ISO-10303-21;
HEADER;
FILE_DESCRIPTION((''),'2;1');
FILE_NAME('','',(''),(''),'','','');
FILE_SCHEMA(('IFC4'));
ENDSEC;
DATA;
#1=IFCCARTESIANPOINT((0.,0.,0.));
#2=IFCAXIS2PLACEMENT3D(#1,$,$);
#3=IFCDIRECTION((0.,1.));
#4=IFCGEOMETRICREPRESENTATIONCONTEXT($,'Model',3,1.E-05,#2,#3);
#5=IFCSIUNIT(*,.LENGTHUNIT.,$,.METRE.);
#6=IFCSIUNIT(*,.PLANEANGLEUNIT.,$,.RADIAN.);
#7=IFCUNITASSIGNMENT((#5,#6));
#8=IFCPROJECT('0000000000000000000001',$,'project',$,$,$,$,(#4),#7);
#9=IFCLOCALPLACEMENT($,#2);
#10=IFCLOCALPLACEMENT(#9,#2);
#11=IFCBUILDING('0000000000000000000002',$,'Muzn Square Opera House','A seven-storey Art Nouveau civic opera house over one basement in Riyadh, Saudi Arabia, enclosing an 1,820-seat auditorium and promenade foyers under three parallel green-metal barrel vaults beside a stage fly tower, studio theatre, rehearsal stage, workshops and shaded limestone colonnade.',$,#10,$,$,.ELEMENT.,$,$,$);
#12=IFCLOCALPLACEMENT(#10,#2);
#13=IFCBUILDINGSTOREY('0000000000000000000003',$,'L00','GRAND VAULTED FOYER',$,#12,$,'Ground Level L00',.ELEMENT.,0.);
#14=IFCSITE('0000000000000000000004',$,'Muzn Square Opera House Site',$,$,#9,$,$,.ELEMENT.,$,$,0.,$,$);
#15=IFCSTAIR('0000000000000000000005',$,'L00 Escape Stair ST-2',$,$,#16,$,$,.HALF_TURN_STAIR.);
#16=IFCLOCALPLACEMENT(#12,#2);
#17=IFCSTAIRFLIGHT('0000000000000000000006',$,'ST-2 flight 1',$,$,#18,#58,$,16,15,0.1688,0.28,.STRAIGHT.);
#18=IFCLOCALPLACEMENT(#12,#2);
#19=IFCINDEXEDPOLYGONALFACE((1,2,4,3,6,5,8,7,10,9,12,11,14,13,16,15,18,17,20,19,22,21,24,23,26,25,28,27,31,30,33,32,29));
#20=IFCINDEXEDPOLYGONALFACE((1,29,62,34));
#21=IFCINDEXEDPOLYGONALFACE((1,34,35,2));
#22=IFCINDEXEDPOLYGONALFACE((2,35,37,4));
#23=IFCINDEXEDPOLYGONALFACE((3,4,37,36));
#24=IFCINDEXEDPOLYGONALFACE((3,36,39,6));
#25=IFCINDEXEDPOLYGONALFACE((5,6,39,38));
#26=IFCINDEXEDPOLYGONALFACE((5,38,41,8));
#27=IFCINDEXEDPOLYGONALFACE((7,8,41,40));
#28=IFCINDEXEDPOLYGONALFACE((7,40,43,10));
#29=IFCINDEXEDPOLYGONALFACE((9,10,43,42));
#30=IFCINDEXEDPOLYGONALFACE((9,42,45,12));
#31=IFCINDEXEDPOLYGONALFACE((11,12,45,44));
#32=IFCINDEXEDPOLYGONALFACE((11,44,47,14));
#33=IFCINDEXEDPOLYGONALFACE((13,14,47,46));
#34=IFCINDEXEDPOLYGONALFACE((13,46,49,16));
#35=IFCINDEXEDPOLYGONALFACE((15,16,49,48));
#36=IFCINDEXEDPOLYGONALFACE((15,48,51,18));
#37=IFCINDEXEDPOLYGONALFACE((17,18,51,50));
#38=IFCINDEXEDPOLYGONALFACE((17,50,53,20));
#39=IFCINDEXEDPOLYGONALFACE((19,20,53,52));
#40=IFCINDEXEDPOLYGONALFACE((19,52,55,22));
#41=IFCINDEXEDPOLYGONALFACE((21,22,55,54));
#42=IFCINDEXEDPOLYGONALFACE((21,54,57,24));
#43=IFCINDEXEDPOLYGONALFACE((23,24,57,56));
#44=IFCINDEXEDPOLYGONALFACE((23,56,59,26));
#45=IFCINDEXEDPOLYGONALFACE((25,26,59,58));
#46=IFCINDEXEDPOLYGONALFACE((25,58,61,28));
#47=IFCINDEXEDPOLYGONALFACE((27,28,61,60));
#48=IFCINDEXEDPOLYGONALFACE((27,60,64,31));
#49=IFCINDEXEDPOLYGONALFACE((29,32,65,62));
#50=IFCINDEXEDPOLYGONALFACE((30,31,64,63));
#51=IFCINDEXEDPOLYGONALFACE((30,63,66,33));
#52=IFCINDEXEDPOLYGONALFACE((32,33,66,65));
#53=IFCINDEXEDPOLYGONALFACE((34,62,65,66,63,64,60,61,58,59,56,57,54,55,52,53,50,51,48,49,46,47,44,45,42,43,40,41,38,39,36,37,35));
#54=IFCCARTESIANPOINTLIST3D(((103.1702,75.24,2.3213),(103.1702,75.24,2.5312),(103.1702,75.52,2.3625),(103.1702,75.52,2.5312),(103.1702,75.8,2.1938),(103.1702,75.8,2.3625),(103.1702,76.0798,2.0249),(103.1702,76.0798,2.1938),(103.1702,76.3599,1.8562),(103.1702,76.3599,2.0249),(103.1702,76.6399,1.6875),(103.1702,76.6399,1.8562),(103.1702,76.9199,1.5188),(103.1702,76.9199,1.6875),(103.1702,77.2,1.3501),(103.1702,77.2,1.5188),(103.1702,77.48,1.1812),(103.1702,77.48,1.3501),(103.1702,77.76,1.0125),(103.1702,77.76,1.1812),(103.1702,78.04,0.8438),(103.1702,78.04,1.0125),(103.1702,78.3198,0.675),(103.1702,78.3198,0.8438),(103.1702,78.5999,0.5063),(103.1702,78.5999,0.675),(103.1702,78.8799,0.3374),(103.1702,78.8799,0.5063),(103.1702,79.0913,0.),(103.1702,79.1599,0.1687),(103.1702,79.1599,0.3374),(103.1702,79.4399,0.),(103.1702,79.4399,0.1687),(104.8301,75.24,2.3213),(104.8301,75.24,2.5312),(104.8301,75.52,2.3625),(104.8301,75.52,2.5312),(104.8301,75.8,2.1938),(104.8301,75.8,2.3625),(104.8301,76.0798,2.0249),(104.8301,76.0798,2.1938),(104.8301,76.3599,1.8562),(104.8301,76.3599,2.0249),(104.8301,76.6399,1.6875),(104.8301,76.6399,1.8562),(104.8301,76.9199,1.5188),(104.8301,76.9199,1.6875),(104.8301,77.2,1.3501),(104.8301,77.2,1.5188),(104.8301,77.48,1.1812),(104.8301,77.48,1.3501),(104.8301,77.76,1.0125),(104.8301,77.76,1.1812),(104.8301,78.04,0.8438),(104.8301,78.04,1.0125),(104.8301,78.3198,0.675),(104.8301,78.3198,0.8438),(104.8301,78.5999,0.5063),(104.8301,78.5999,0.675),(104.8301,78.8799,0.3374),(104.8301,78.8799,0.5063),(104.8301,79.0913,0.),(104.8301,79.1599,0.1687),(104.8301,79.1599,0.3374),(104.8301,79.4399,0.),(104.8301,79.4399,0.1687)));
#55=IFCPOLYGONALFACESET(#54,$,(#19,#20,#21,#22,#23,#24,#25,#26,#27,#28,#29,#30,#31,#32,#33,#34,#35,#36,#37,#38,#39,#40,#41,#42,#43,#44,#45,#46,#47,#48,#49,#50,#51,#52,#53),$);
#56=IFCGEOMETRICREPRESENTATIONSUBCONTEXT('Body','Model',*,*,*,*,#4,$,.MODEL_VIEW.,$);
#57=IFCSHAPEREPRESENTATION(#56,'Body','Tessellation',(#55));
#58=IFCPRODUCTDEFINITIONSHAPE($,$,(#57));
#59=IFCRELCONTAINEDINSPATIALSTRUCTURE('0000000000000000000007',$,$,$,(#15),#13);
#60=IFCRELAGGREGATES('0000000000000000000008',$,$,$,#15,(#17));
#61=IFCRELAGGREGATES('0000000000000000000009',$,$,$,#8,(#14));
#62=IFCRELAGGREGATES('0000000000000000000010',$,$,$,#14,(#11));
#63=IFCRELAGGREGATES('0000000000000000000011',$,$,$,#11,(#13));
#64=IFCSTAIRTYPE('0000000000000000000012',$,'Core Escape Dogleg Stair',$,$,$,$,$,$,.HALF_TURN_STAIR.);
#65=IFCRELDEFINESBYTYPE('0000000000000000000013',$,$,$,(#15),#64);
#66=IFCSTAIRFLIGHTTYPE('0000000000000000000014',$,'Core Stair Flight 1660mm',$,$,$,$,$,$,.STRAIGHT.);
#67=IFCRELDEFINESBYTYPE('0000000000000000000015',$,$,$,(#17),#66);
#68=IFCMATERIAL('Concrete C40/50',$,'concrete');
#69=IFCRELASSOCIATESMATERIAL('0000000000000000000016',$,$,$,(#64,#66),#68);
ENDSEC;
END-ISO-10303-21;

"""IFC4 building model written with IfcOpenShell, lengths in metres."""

from ifc_helpers import new_model, si_unit, direction, frame, origin, place, context, subcontext, project, spatial, polyline, outline, extrude, material, type_object, element, aggregate, save


model = new_model("IFC4")

# Units and contexts
model_context = context("Model", 3, precision=1e-05, world=origin(), true_north=direction((0.0, 1.0)))
body_context = subcontext(model_context, "Body", "Model", "MODEL_VIEW")
ifc_project = project(units=[si_unit("LENGTHUNIT", "METRE"), si_unit("PLANEANGLEUNIT", "RADIAN")], contexts=[model_context])

# Site, building, storey
site_placement = place(None, origin())
site = spatial("IfcSite", under=ifc_project, at=site_placement, Name="Muzn Square Opera House Site", CompositionType="ELEMENT", RefElevation=0.0)
building_placement = place(site_placement, origin())
building = spatial("IfcBuilding", under=site, at=building_placement, Name="Muzn Square Opera House", Description="A seven-storey Art Nouveau civic opera house over one basement in Riyadh, Saudi Arabia, enclosing an 1,820-seat auditorium and promenade foyers under three parallel green-metal barrel vaults beside a stage fly tower, studio theatre, rehearsal stage, workshops and shaded limestone colonnade.", CompositionType="ELEMENT")
storey_placement = place(building_placement, origin())
storey = spatial("IfcBuildingStorey", under=building, at=storey_placement, Name="L00", Description="GRAND VAULTED FOYER", LongName="Ground Level L00", CompositionType="ELEMENT", Elevation=0.0)

# Shared definitions
ifc_material_1 = material(Name="Concrete C40/50", Category="concrete")

# Stair, stair flight
stair_type = type_object("IfcStairType", Name="Core Escape Dogleg Stair", PredefinedType="HALF_TURN_STAIR", material=ifc_material_1)
stair_placement = place(storey_placement, origin())
stair = element("IfcStair", 1, at=stair_placement, inside=storey, type_object=stair_type, Name="L00 Escape Stair ST-2", PredefinedType="HALF_TURN_STAIR")
stair_flight_type = type_object("IfcStairFlightType", Name="Core Stair Flight 1660mm", PredefinedType="STRAIGHT", material=ifc_material_1)
stair_flight_placement = place(storey_placement, frame((104.0, 79.4399, 0.0), z_axis=(0.0, 0.0, 1.0), x_axis=(0.0, -1.0, 0.0)))
stair_flight = element("IfcStairFlight", 2, at=stair_flight_placement, type_object=stair_flight_type, Name="ST-2 flight 1", NumberOfRisers=16, NumberOfTreads=15, PredefinedType="STRAIGHT", RiserHeight=0.1688, TreadLength=0.28, context=body_context, shape_type="SweptSolid", body=[
    extrude(outline(polyline([(0.0, 0.0), (0.0, 0.1687), (0.28, 0.1687), (0.28, 0.3374), (0.5601, 0.3374), (0.5601, 0.5063), (0.8401, 0.5063), (0.8401, 0.675), (1.1201, 0.675), (1.1201, 0.8438), (1.3999, 0.8438), (1.3999, 1.0125), (1.6799, 1.0125), (1.6799, 1.1812), (1.96, 1.1812), (1.96, 1.3501), (2.24, 1.3501), (2.24, 1.5188), (2.52, 1.5188), (2.52, 1.6875), (2.8, 1.6875), (2.8, 1.8562), (3.0801, 1.8562), (3.0801, 2.0249), (3.3601, 2.0249), (3.3601, 2.1938), (3.6399, 2.1938), (3.6399, 2.3625), (3.9199, 2.3625), (3.9199, 2.5312), (4.2, 2.5312), (4.2, 2.7), (4.2, 2.3213), (0.3486, 0.0), (0.0, 0.0)])), frame((0.0, 0.8301, 0.0), z_axis=(0.0, -1.0, 0.0), x_axis=(1.0, 0.0, 0.0)), (0.0, 0.0, 1.0), 1.6599),
])
aggregate(stair, [stair_flight])

save(model, "model.ifc")
